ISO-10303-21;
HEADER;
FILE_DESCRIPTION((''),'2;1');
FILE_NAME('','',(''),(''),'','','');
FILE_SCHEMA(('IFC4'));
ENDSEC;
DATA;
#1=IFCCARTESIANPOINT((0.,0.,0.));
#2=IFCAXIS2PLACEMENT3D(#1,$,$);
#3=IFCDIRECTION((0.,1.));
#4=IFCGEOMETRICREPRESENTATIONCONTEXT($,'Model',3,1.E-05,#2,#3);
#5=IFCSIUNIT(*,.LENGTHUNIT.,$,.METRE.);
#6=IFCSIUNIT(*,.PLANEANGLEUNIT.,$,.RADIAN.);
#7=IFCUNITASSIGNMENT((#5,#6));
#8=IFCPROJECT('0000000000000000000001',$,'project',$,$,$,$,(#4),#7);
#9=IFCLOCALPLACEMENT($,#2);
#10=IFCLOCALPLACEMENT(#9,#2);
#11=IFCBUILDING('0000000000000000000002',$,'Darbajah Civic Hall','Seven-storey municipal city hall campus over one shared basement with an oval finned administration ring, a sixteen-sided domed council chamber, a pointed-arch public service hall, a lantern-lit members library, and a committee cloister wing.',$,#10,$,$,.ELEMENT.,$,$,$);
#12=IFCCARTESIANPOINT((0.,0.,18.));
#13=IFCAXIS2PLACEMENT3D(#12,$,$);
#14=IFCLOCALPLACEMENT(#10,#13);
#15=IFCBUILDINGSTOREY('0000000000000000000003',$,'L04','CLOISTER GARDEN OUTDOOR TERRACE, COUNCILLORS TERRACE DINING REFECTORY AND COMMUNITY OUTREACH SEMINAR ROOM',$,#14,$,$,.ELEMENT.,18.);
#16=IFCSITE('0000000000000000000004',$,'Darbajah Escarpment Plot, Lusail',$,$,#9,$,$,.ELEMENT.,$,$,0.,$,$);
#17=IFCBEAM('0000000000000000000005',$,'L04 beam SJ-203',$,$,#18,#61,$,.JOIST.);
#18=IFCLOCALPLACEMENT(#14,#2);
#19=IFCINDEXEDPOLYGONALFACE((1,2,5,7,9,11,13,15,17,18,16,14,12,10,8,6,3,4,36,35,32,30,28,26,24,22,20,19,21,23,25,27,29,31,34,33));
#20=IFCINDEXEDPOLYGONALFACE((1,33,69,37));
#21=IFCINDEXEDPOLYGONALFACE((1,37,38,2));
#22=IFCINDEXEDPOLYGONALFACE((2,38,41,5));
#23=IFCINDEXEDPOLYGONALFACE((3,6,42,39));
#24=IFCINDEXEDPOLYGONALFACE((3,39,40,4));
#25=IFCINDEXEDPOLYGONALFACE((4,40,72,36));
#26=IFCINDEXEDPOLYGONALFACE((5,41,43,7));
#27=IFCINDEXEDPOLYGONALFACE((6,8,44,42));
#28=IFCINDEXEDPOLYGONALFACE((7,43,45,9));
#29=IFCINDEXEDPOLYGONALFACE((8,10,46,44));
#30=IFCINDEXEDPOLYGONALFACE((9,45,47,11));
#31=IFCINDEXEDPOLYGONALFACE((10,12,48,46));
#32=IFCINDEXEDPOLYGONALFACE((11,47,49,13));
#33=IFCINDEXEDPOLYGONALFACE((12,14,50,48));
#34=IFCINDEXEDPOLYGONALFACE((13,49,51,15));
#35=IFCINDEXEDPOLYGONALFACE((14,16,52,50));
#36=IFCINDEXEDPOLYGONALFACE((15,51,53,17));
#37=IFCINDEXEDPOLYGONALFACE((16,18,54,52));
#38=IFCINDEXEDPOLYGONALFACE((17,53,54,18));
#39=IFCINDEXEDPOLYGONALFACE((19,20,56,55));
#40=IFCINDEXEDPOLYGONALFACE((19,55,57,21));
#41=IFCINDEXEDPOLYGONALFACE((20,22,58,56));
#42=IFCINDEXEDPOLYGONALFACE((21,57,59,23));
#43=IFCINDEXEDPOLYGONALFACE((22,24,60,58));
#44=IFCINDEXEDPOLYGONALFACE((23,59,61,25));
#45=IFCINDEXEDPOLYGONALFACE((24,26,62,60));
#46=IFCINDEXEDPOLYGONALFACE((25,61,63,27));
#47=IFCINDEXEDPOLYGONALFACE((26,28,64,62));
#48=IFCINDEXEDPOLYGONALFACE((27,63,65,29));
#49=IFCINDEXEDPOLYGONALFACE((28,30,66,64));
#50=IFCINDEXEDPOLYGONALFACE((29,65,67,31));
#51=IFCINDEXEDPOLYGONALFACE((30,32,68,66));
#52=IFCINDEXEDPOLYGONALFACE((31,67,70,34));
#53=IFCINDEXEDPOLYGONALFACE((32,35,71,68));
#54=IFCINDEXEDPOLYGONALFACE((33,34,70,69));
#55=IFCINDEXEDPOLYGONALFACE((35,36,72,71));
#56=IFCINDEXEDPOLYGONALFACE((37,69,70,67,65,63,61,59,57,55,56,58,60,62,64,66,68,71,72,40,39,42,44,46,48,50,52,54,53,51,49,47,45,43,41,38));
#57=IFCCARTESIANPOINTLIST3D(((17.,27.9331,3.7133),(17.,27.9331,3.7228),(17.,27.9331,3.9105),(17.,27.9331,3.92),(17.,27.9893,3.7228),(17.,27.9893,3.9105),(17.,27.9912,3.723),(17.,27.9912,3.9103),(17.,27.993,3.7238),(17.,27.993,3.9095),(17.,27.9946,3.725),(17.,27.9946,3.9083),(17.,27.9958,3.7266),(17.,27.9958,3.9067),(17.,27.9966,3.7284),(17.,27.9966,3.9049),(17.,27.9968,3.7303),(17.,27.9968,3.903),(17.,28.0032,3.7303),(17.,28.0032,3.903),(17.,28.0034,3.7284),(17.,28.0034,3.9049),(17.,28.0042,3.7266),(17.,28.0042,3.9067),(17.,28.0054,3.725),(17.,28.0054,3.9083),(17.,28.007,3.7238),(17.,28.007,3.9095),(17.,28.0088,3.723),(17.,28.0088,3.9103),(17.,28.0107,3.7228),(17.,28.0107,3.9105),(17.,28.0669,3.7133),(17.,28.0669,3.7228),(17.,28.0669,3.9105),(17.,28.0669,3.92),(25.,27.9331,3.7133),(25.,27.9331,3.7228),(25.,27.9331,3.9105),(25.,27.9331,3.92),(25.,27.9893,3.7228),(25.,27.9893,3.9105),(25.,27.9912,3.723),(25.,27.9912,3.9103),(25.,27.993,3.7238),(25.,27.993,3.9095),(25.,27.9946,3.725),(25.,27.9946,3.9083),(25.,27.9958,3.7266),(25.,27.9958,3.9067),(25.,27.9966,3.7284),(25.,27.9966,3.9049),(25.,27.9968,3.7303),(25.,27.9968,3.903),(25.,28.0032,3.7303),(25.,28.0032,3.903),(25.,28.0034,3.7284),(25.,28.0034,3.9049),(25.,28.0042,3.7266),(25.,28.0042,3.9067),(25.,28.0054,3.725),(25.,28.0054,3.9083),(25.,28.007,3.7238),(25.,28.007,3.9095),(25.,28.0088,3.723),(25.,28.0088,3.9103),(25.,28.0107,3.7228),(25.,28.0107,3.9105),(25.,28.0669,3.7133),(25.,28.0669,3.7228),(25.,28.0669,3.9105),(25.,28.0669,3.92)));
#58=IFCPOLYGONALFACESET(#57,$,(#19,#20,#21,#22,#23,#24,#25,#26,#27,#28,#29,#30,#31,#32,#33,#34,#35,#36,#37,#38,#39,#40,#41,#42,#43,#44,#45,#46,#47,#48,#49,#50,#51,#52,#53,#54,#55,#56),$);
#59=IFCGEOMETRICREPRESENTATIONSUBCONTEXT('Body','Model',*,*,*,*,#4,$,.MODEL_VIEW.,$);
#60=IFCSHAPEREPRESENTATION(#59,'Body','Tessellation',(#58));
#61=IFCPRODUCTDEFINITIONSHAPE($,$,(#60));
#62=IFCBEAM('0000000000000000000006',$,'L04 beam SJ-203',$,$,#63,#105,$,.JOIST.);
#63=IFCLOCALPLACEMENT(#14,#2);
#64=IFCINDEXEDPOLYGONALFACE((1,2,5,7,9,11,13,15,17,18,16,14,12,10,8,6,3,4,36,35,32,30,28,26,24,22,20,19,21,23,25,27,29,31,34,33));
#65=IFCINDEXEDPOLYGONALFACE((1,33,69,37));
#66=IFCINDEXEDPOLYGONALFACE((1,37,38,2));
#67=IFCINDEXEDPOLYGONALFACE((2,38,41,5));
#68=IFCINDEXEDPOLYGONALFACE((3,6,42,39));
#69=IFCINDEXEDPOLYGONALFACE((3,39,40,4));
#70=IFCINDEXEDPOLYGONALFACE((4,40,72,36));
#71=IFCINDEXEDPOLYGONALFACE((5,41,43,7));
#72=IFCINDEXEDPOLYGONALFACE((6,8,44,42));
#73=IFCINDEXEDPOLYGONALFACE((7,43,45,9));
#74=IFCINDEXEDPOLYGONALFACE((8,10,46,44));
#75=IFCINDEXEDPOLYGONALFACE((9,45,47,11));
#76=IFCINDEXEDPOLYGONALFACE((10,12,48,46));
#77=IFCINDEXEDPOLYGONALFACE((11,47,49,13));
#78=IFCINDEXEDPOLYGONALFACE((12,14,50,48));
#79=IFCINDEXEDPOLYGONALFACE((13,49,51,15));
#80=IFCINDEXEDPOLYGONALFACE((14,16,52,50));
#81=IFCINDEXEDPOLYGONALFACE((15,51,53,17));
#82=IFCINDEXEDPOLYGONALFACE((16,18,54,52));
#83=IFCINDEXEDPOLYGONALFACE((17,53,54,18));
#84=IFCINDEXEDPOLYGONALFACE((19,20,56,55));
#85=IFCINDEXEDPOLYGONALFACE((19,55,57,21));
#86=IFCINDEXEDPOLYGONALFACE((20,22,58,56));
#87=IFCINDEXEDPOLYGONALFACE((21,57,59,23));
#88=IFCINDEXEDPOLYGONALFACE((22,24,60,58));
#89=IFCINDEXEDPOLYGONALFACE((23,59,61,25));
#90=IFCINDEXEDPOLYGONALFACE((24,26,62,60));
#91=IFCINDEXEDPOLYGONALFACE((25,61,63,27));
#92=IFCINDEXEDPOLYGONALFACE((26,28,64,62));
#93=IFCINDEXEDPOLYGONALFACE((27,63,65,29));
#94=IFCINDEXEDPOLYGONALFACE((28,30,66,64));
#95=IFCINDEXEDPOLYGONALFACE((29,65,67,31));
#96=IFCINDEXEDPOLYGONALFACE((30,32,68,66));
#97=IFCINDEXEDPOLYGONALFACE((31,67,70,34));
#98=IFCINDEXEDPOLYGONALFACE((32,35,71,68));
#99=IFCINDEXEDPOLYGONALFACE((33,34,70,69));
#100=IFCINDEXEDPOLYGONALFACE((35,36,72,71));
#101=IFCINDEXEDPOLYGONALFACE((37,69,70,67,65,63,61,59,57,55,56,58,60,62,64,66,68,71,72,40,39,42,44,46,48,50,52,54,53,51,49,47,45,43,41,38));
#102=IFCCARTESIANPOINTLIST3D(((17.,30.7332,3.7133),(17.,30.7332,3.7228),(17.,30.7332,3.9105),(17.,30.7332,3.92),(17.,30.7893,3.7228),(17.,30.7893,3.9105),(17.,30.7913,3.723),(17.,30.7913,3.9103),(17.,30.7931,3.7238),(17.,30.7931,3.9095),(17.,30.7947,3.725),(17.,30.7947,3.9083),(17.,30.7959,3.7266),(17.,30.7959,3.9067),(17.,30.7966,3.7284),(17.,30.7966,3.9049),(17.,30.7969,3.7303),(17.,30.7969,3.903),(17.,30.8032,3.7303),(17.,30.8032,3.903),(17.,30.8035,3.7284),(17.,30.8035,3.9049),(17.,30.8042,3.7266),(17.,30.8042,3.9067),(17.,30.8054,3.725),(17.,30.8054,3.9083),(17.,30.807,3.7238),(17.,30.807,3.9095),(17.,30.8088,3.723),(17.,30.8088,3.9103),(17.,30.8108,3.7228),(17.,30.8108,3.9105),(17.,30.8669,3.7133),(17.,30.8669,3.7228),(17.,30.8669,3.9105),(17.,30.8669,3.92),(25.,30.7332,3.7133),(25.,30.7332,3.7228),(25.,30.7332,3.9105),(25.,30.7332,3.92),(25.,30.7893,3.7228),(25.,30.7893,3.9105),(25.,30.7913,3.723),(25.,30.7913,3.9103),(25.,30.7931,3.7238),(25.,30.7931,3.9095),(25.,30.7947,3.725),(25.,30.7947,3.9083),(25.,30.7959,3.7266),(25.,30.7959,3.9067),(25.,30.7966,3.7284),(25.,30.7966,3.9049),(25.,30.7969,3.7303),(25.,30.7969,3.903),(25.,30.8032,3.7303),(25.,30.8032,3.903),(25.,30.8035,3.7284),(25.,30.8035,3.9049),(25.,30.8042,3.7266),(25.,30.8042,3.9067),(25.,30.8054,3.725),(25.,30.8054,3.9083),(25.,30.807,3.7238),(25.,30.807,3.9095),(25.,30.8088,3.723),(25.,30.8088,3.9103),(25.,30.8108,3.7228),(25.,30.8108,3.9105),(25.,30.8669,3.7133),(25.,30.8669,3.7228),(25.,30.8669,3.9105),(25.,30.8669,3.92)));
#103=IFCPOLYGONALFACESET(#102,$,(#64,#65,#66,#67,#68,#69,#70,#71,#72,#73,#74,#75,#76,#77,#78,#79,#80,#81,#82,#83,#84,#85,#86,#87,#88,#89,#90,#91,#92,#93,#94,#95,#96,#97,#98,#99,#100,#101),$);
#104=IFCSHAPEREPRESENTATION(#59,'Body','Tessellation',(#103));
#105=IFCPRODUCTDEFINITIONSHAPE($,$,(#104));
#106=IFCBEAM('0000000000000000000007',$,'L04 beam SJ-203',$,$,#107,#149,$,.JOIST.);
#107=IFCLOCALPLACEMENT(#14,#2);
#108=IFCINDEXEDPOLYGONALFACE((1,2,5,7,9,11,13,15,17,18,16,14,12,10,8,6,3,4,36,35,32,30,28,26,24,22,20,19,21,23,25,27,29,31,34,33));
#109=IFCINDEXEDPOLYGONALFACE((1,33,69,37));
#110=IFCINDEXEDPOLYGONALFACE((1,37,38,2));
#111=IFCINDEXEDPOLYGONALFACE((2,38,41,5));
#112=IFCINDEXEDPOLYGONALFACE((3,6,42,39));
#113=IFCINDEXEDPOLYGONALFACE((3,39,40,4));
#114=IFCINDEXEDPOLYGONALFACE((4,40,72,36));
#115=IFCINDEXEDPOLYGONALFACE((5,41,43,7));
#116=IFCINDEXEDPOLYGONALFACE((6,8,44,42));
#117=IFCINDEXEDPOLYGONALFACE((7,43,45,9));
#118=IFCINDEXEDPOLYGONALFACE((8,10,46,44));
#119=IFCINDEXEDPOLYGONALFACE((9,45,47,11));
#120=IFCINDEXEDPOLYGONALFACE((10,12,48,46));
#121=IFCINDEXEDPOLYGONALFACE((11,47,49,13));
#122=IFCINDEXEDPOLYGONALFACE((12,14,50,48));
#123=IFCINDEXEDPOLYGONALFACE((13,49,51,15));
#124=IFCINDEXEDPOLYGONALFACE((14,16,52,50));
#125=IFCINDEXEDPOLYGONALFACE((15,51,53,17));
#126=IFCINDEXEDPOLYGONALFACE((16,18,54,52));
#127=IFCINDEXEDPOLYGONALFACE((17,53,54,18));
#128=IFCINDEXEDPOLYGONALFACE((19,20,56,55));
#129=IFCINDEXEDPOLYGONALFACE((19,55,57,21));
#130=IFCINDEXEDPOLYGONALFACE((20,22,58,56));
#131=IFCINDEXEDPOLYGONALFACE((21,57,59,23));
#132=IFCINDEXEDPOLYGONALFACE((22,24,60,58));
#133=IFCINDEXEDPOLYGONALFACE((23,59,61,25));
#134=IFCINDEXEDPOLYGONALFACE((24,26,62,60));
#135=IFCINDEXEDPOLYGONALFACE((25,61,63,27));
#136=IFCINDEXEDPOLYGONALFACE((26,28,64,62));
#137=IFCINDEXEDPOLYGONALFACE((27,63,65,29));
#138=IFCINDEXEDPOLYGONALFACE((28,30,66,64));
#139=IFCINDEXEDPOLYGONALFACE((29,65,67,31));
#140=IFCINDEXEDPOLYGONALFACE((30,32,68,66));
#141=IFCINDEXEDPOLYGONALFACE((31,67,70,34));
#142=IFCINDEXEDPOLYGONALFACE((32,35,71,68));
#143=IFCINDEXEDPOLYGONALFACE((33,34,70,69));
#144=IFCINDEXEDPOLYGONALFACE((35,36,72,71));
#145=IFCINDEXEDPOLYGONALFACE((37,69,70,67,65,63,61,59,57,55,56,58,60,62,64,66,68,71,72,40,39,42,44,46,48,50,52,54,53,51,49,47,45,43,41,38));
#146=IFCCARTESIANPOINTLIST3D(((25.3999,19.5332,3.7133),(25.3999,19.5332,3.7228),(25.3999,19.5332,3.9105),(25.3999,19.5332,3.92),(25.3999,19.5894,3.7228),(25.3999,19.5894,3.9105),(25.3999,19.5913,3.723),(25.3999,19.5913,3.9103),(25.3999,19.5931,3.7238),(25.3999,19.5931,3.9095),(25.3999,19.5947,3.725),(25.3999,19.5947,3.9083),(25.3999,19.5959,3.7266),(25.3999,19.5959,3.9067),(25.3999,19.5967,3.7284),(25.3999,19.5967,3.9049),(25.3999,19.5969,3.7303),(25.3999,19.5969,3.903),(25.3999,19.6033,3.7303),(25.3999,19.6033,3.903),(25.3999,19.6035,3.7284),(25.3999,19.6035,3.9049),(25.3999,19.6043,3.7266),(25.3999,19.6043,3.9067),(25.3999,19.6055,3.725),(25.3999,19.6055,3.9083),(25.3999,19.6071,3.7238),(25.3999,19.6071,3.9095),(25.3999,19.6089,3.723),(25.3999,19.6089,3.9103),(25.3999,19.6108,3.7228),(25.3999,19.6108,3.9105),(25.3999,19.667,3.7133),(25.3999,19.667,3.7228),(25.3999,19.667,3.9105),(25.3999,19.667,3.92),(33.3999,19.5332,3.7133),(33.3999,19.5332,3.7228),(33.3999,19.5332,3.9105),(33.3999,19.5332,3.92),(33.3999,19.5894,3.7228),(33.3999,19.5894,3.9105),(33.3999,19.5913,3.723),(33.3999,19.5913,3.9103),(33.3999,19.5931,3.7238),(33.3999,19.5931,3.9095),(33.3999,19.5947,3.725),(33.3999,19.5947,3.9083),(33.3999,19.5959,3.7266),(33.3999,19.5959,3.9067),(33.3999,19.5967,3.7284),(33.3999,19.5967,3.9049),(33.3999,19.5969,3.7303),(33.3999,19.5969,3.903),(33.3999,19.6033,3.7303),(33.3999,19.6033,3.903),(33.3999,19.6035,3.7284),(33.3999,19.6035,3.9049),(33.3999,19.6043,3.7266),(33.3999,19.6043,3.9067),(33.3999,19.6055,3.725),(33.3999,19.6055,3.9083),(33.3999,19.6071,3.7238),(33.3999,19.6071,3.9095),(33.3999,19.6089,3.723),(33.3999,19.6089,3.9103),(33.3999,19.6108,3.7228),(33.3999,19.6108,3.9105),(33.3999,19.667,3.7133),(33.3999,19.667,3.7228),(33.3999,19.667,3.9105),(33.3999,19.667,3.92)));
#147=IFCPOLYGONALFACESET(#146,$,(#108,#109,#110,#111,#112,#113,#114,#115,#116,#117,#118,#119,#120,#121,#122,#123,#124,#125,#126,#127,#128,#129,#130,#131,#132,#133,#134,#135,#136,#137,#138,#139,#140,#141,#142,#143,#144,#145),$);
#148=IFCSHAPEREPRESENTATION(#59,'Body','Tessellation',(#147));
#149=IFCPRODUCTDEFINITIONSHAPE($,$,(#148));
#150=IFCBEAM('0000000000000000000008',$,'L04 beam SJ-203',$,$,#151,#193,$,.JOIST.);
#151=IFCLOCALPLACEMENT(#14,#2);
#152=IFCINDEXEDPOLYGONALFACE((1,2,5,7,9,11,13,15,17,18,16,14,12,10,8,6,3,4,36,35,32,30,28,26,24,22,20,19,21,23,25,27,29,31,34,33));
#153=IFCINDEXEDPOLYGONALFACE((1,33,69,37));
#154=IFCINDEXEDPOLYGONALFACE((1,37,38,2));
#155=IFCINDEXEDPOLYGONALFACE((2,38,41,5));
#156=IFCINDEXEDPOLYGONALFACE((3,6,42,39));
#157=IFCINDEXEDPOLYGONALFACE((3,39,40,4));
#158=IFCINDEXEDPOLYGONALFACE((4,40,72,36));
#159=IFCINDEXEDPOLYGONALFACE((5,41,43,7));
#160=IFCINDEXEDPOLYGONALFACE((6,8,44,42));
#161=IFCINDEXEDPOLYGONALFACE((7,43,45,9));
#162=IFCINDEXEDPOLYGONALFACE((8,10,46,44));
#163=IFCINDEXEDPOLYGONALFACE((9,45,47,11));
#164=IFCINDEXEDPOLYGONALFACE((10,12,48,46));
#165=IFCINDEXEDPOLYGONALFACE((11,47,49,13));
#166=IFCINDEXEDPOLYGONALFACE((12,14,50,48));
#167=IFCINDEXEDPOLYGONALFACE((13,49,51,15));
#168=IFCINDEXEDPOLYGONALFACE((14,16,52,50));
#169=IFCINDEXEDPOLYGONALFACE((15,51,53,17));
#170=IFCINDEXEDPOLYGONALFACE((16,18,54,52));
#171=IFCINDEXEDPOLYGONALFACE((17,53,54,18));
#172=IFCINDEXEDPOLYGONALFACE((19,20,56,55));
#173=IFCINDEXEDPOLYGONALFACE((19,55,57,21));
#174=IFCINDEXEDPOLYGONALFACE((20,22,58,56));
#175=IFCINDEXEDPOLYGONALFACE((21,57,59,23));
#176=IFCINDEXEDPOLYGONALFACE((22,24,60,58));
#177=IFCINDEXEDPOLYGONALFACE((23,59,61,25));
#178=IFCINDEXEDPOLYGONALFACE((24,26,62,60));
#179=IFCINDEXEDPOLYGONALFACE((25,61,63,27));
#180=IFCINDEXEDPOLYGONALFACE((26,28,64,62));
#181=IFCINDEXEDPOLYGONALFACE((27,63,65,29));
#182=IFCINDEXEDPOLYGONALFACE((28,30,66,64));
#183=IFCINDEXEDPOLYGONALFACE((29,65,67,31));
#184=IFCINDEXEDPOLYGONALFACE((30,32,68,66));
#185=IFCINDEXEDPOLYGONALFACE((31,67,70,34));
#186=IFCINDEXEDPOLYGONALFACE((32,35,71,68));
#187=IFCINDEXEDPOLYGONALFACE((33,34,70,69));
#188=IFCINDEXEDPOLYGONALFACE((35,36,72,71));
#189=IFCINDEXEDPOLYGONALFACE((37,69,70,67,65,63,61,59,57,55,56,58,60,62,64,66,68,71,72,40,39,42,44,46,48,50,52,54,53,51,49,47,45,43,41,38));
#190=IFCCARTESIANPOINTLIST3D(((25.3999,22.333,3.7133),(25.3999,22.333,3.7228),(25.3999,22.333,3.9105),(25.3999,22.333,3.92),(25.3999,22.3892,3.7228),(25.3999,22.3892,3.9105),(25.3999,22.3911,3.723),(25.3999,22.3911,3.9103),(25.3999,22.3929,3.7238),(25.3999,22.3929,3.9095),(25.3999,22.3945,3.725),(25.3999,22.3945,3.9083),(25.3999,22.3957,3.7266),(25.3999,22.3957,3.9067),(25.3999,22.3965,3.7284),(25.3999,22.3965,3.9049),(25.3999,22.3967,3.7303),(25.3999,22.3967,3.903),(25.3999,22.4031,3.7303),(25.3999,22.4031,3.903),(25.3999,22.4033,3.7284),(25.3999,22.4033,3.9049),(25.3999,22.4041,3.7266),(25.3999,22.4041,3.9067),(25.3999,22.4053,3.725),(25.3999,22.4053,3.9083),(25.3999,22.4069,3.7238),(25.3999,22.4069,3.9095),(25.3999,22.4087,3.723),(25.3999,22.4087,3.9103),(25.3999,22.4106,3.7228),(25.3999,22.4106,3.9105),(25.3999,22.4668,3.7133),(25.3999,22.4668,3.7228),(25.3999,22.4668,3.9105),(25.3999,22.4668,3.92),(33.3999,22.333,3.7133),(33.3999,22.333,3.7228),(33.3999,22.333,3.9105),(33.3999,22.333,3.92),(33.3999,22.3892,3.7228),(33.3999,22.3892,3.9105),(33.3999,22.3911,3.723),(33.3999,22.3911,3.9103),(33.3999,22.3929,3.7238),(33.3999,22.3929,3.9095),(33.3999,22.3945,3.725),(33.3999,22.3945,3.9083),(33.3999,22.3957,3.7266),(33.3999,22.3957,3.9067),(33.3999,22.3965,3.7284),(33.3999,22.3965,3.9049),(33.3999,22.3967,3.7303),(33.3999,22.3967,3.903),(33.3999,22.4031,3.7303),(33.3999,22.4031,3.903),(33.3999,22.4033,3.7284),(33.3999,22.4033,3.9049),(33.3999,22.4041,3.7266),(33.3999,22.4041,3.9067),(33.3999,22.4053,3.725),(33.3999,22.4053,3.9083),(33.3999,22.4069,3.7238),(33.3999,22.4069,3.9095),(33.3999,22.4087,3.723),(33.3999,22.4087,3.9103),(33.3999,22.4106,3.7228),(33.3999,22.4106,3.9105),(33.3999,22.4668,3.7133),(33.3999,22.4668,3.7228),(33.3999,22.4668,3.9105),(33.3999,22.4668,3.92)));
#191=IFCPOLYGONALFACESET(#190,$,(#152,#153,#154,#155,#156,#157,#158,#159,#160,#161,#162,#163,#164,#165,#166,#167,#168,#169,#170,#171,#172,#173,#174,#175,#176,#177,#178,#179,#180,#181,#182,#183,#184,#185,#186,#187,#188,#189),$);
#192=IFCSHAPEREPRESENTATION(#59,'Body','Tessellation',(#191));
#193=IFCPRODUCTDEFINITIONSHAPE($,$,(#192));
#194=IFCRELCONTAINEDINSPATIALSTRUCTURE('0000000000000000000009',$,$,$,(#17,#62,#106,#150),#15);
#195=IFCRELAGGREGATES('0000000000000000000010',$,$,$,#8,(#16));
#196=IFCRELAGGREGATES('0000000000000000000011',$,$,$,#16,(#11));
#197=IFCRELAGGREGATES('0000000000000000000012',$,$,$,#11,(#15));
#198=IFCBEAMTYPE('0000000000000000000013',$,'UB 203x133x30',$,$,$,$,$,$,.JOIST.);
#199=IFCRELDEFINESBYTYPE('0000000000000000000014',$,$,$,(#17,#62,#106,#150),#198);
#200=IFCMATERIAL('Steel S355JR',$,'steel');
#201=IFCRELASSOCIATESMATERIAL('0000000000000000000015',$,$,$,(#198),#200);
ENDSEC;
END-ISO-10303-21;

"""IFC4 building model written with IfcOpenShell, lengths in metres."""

from ifc_helpers import new_model, si_unit, direction, frame, origin, origin_2d, place, context, subcontext, project, spatial, i_section, extrude, material, material_profile, profile_set, type_object, element, save


model = new_model("IFC4")

# Units and contexts
model_context = context("Model", 3, precision=1e-05, world=origin(), true_north=direction((0.0, 1.0)))
body_context = subcontext(model_context, "Body", "Model", "MODEL_VIEW")
ifc_project = project(units=[si_unit("LENGTHUNIT", "METRE"), si_unit("PLANEANGLEUNIT", "RADIAN")], contexts=[model_context])

# Site, building, storey
site_placement = place(None, origin())
site = spatial("IfcSite", under=ifc_project, at=site_placement, Name="Darbajah Escarpment Plot, Lusail", CompositionType="ELEMENT", RefElevation=0.0)
building_placement = place(site_placement, origin())
building = spatial("IfcBuilding", under=site, at=building_placement, Name="Darbajah Civic Hall", Description="Seven-storey municipal city hall campus over one shared basement with an oval finned administration ring, a sixteen-sided domed council chamber, a pointed-arch public service hall, a lantern-lit members library, and a committee cloister wing.", CompositionType="ELEMENT")
storey_placement = place(building_placement, frame((0.0, 0.0, 18.0)))
storey = spatial("IfcBuildingStorey", under=building, at=storey_placement, Name="L04", Description="CLOISTER GARDEN OUTDOOR TERRACE, COUNCILLORS TERRACE DINING REFECTORY AND COMMUNITY OUTREACH SEMINAR ROOM", CompositionType="ELEMENT", Elevation=18.0)

# Shared definitions
ifc_material_1 = material(Name="Steel S355JR", Category="steel")

# Beams
ifc_material_profile_1 = material_profile(ifc_material_1, i_section(OverallWidth=0.1338, OverallDepth=0.2068, WebThickness=0.0063, FlangeThickness=0.0095, FilletRadius=0.0076, at=origin_2d()), Name="UB 203x133x30")
ifc_profile_set_1 = profile_set([ifc_material_profile_1], Name="Steel S355JR")
beam_type_1 = type_object("IfcBeamType", Name="UB 203x133x30", PredefinedType="JOIST", material=ifc_profile_set_1)
for number, where, z_axis, x_axis, name in (
    (1, (17.0, 28.0, 3.8167), (1.0, 0.0, 0.0), (0.0, 1.0, 0.0), "L04 beam SJ-203"),
    (2, (17.0, 30.8, 3.8167), (1.0, 0.0, 0.0), (0.0, 1.0, 0.0), "L04 beam SJ-203"),
    (3, (25.3999, 19.6001, 3.8167), (1.0, 0.0, 0.0), (0.0, 1.0, 0.0), "L04 beam SJ-203"),
    (4, (25.3999, 22.3999, 3.8167), (1.0, 0.0, 0.0), (0.0, 1.0, 0.0), "L04 beam SJ-203"),
):
    element("IfcBeam", number, at=place(storey_placement, frame(where, z_axis=z_axis, x_axis=x_axis)), inside=storey, type_object=beam_type_1, Name=name, PredefinedType="JOIST", context=body_context, shape_type="SweptSolid", body=[
        extrude(i_section(OverallWidth=0.1338, OverallDepth=0.2068, WebThickness=0.0063, FlangeThickness=0.0095, FilletRadius=0.0076, at=origin_2d()), origin(), (0.0, 0.0, 1.0), 8.0),
    ])

save(model, "model.ifc")
